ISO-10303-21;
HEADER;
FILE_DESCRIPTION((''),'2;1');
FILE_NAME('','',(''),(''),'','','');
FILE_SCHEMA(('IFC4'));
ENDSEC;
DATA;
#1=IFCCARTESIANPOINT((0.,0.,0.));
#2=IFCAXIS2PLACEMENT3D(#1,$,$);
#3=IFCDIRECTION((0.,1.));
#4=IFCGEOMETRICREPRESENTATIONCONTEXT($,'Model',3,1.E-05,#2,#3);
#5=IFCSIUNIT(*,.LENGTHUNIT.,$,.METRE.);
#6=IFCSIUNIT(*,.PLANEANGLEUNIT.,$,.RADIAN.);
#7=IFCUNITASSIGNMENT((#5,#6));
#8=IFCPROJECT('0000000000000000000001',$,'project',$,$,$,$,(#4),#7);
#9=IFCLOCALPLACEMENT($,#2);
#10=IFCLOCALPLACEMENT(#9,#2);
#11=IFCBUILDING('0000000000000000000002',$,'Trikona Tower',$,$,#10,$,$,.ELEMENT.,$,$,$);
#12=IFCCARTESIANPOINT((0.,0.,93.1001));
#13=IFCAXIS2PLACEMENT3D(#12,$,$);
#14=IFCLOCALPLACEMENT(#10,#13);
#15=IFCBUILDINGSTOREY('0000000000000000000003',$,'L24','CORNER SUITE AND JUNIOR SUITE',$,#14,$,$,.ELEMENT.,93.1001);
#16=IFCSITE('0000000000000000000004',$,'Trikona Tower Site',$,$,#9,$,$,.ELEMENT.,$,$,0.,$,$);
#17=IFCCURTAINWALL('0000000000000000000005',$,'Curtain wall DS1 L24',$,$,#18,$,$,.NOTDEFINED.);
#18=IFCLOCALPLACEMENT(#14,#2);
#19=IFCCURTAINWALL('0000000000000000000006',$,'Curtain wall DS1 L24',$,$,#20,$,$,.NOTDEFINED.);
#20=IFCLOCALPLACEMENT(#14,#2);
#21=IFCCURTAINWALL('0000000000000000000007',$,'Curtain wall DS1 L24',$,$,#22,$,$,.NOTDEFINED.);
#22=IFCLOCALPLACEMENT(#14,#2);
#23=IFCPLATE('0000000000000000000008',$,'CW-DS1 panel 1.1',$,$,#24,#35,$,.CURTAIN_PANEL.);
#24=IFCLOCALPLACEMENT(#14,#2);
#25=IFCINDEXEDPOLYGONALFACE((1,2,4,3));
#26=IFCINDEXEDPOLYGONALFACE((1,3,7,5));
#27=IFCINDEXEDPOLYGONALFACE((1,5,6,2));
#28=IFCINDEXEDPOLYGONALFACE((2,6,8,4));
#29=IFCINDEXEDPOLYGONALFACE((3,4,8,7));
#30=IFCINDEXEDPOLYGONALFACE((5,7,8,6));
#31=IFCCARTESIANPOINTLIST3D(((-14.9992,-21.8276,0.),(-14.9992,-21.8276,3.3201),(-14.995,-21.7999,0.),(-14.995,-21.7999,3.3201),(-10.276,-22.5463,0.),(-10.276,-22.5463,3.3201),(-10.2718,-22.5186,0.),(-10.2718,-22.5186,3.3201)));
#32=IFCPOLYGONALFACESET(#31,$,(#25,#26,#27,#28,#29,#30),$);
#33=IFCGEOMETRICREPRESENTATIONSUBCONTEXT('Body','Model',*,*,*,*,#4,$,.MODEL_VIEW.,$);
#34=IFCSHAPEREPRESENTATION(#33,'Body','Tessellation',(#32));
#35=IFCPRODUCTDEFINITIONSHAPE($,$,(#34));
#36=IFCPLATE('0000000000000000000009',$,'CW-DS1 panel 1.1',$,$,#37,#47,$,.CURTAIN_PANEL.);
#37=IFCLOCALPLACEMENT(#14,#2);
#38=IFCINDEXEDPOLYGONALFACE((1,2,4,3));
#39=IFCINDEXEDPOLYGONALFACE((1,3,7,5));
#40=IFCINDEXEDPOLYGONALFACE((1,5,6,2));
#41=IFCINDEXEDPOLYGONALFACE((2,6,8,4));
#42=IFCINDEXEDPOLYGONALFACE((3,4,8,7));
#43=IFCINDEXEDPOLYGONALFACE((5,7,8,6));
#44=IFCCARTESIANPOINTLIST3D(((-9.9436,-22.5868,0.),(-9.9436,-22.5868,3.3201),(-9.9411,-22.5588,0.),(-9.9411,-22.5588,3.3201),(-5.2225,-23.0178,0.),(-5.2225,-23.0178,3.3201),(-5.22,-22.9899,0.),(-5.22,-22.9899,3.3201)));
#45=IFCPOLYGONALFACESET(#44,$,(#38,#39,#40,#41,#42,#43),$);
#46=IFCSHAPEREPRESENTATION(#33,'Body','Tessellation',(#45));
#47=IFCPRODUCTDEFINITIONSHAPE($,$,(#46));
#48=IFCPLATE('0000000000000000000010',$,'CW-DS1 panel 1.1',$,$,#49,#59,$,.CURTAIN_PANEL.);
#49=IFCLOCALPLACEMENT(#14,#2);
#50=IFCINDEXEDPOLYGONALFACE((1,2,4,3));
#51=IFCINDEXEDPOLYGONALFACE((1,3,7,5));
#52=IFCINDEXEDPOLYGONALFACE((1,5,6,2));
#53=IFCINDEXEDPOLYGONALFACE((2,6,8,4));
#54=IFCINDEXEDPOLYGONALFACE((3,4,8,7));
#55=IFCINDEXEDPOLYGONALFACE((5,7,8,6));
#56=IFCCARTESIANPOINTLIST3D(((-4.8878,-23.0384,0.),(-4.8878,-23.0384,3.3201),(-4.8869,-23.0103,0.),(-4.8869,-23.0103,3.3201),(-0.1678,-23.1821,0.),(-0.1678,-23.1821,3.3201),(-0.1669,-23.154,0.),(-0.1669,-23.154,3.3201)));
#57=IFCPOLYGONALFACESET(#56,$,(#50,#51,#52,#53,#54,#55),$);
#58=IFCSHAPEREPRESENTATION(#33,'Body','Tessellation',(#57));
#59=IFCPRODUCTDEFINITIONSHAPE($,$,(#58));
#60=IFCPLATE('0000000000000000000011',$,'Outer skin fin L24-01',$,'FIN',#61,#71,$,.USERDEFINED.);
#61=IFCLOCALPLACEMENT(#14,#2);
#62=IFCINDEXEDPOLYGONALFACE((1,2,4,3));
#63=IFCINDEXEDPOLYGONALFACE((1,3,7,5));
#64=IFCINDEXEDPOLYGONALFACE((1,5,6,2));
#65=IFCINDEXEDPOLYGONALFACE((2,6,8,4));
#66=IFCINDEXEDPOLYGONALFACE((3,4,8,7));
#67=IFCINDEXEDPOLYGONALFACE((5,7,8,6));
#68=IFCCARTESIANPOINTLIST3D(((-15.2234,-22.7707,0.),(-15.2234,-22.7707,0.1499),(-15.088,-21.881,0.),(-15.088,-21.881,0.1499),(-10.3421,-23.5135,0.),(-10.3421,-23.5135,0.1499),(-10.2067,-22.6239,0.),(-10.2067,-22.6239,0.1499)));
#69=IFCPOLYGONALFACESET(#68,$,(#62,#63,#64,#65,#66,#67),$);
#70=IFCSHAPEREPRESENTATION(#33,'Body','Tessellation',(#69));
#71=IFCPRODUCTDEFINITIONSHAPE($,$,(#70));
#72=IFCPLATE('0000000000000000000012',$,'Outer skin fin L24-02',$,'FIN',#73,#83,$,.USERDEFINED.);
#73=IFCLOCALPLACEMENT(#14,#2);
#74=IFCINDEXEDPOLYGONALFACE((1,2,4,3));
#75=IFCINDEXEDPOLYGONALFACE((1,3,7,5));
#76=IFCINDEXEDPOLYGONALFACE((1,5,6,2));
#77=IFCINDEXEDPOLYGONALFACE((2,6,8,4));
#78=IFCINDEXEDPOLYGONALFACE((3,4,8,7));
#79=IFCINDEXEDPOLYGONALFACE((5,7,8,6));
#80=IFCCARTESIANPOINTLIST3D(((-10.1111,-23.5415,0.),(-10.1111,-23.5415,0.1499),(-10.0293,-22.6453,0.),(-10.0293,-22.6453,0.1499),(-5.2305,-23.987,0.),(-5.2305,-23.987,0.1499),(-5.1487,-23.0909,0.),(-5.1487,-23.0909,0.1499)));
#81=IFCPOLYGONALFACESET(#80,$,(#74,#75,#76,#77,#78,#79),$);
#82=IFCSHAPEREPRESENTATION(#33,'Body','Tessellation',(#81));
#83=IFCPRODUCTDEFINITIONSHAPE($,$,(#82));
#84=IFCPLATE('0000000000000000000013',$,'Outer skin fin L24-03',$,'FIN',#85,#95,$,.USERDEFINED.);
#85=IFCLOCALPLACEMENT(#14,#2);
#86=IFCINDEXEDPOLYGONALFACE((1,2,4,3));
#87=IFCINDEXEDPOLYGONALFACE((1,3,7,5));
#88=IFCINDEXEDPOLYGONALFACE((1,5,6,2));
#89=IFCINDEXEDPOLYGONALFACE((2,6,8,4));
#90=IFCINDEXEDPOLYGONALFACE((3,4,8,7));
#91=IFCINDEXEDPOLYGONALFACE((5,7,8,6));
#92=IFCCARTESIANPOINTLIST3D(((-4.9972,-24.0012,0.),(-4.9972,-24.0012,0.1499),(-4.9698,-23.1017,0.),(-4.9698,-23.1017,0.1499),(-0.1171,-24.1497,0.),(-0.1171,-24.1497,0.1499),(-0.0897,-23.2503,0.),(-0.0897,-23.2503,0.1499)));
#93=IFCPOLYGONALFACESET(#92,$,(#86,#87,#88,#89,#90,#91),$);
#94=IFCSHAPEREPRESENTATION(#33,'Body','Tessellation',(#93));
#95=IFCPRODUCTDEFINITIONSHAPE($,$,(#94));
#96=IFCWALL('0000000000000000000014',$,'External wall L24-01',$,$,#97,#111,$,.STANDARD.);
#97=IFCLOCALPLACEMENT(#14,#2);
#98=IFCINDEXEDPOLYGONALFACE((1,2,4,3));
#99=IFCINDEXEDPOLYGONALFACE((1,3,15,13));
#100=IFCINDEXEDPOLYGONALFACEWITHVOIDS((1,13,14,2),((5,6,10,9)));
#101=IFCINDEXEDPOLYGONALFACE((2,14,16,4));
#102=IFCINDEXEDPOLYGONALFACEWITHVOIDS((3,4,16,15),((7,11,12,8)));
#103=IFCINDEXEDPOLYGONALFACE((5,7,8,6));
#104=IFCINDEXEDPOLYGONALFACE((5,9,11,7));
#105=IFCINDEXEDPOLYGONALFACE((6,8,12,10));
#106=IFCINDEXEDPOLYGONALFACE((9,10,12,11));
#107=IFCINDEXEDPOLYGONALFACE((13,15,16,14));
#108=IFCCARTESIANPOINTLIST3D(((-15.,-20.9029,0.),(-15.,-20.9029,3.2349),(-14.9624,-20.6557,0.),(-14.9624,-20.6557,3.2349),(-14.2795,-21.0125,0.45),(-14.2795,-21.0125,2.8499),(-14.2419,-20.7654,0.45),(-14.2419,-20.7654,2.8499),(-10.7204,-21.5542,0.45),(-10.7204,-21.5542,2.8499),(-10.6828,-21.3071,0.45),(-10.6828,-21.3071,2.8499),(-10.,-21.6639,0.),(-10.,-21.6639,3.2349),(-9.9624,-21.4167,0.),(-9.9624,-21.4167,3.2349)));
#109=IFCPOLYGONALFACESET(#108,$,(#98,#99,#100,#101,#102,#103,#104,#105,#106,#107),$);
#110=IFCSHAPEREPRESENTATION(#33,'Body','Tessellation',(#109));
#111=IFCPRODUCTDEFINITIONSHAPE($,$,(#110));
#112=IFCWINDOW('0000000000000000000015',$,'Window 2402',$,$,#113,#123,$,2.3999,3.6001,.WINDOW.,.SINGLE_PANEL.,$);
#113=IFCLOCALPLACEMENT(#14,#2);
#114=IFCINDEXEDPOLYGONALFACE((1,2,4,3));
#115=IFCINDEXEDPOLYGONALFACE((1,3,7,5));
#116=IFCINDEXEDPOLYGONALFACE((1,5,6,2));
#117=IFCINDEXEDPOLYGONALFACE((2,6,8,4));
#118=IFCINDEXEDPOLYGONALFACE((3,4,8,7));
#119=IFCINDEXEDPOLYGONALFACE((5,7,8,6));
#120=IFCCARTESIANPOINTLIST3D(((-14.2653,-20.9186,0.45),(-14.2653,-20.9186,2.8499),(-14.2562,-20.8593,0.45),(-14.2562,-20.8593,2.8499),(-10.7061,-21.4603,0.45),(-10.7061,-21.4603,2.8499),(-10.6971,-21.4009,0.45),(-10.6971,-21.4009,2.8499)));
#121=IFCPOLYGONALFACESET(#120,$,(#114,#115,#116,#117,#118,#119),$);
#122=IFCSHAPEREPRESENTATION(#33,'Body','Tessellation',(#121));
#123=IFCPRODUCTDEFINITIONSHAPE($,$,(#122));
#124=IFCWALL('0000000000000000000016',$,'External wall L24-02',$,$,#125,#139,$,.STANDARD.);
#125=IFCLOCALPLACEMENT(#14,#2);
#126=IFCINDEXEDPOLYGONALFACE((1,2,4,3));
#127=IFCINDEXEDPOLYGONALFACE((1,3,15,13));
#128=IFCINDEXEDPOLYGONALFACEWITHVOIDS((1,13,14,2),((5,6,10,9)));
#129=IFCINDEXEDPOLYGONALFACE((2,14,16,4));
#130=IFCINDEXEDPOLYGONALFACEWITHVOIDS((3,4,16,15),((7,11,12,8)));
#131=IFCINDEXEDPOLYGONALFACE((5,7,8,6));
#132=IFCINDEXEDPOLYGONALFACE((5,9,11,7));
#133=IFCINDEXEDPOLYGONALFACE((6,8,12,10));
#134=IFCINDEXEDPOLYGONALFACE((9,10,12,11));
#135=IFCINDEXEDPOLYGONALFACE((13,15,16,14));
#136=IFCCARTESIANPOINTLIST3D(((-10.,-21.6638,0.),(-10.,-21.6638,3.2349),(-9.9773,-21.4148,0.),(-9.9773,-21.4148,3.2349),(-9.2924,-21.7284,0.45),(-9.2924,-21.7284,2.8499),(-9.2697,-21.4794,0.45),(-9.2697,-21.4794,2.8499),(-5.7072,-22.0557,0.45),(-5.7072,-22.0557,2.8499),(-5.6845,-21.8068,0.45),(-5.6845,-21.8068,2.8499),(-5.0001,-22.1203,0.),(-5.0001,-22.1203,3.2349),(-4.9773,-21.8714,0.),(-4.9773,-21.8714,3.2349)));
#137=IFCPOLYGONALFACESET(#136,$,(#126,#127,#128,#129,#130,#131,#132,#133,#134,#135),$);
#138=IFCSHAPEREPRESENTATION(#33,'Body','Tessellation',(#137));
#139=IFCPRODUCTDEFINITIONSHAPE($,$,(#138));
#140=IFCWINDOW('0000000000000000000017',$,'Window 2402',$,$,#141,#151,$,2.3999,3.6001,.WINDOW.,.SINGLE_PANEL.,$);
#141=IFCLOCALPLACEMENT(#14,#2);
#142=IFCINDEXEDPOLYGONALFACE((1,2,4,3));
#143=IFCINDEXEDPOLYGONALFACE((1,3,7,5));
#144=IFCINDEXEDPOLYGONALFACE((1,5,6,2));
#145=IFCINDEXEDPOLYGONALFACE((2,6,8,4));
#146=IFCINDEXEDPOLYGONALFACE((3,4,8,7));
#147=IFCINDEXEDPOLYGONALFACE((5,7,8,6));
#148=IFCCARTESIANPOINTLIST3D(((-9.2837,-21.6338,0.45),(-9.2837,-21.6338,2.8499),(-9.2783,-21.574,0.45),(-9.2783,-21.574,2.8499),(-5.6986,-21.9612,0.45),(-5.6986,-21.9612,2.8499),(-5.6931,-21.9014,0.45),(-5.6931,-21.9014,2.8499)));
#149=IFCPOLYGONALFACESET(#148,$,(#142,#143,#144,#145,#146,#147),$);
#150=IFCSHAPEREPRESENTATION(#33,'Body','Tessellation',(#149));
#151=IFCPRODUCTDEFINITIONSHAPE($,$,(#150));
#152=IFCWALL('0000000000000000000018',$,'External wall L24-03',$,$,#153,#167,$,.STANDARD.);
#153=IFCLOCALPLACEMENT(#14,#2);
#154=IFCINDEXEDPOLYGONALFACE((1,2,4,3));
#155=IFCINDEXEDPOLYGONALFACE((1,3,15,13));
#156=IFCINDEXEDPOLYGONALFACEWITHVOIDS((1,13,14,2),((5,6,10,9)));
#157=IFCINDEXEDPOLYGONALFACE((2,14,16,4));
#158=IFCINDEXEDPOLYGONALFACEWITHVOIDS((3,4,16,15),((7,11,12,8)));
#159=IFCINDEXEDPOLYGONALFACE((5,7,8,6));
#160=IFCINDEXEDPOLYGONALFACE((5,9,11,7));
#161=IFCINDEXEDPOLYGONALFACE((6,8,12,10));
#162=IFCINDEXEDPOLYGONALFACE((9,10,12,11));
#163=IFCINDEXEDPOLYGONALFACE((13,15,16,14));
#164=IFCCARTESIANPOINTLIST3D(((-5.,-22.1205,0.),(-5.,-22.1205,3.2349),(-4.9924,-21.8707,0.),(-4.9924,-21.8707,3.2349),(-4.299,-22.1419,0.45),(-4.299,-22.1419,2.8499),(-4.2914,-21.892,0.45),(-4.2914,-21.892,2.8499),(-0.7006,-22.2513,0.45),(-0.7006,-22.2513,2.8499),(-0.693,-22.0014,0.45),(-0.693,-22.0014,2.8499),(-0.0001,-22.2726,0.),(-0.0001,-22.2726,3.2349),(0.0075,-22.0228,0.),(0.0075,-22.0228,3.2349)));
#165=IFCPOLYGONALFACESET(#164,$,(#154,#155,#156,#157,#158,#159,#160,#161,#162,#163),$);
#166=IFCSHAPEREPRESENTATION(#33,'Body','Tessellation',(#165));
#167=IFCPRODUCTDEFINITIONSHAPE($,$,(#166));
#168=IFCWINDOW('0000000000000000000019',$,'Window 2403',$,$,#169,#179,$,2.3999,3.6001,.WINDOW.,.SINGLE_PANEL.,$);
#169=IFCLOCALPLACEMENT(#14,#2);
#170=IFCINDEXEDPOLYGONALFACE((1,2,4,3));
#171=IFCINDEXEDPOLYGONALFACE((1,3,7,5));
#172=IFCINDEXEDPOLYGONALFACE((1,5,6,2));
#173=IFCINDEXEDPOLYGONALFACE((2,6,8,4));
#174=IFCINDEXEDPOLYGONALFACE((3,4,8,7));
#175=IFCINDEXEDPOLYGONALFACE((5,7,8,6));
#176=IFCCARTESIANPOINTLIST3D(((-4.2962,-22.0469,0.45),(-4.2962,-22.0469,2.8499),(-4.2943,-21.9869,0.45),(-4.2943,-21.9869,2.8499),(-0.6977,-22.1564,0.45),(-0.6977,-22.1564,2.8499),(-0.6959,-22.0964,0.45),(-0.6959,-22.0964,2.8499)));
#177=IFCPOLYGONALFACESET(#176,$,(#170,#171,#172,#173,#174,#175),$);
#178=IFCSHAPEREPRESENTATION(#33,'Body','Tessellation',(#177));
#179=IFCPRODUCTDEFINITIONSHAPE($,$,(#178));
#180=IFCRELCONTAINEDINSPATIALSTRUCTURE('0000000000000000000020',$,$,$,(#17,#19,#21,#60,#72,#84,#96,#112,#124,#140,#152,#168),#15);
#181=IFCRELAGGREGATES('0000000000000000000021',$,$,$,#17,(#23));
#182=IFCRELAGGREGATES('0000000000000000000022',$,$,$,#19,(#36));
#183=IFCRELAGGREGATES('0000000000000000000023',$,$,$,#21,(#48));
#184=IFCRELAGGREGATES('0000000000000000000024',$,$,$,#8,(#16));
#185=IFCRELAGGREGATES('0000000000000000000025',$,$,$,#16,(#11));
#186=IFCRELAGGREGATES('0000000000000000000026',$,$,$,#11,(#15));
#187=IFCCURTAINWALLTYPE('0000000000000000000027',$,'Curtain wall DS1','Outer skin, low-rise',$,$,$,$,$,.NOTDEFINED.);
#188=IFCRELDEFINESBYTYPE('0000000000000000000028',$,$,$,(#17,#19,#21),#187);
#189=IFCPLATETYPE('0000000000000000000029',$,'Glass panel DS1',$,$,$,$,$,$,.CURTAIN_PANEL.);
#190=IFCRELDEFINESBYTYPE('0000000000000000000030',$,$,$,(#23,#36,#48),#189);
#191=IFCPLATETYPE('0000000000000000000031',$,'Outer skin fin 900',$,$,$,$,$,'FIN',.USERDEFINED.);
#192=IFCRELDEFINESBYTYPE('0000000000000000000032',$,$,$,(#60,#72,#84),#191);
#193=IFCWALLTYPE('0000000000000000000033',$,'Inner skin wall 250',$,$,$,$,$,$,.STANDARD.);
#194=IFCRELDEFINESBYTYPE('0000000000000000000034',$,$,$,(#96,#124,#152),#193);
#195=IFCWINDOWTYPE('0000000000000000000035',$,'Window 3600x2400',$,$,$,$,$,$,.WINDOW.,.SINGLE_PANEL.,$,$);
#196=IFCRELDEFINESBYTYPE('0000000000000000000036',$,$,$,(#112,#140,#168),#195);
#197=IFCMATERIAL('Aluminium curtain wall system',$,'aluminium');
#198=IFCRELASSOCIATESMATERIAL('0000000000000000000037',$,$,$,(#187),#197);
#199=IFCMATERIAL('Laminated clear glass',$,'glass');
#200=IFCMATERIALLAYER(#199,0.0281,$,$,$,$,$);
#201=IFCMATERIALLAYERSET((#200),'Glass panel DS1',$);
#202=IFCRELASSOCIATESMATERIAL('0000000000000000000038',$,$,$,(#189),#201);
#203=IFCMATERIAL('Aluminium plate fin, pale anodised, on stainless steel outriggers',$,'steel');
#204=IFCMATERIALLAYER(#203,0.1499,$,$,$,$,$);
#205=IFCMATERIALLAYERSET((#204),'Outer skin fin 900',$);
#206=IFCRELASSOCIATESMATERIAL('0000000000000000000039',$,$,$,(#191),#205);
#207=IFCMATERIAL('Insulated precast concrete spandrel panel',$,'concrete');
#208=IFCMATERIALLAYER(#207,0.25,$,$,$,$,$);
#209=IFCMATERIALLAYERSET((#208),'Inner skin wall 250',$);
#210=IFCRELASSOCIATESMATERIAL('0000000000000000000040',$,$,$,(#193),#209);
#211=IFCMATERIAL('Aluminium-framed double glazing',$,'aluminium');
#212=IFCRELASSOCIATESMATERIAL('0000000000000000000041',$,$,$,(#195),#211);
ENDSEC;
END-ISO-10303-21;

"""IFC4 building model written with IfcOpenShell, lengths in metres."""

from ifc_helpers import new_model, si_unit, direction, frame, frame_2d, origin, origin_2d, place, context, subcontext, project, spatial, rectangle, extrude, material, layer, layer_set, type_object, element, fill, aggregate, save


model = new_model("IFC4")

# Units and contexts
model_context = context("Model", 3, precision=1e-05, world=origin(), true_north=direction((0.0, 1.0)))
body_context = subcontext(model_context, "Body", "Model", "MODEL_VIEW")
ifc_project = project(units=[si_unit("LENGTHUNIT", "METRE"), si_unit("PLANEANGLEUNIT", "RADIAN")], contexts=[model_context])

# Site, building, storey
site_placement = place(None, origin())
site = spatial("IfcSite", under=ifc_project, at=site_placement, Name="Trikona Tower Site", CompositionType="ELEMENT", RefElevation=0.0)
building_placement = place(site_placement, origin())
building = spatial("IfcBuilding", under=site, at=building_placement, Name="Trikona Tower", CompositionType="ELEMENT")
storey_placement = place(building_placement, frame((0.0, 0.0, 93.1001)))
storey = spatial("IfcBuildingStorey", under=building, at=storey_placement, Name="L24", Description="CORNER SUITE AND JUNIOR SUITE", CompositionType="ELEMENT", Elevation=93.1001)

# Curtain wall
ifc_material_1 = material(Name="Aluminium curtain wall system", Category="aluminium")
curtain_wall_type = type_object("IfcCurtainWallType", Name="Curtain wall DS1", Description="Outer skin, low-rise", PredefinedType="NOTDEFINED", material=ifc_material_1)
curtain_wall_1_placement = place(storey_placement, origin())
curtain_wall_1 = element("IfcCurtainWall", 1, at=curtain_wall_1_placement, inside=storey, type_object=curtain_wall_type, Name="Curtain wall DS1 L24", PredefinedType="NOTDEFINED")

# Curtain walls
curtain_wall_2_placement = place(storey_placement, origin())
curtain_wall_2 = element("IfcCurtainWall", 2, at=curtain_wall_2_placement, inside=storey, type_object=curtain_wall_type, Name="Curtain wall DS1 L24", PredefinedType="NOTDEFINED")
curtain_wall_3_placement = place(storey_placement, origin())
curtain_wall_3 = element("IfcCurtainWall", 3, at=curtain_wall_3_placement, inside=storey, type_object=curtain_wall_type, Name="Curtain wall DS1 L24", PredefinedType="NOTDEFINED")

# Plates
ifc_material_2 = material(Name="Laminated clear glass", Category="glass")
ifc_layer_1 = layer(ifc_material_2, 0.0281)
ifc_layer_set_1 = layer_set([ifc_layer_1], Name="Glass panel DS1")
plate_type_1 = type_object("IfcPlateType", Name="Glass panel DS1", PredefinedType="CURTAIN_PANEL", material=ifc_layer_set_1)
plate_1_placement = place(storey_placement, frame((-12.6355, -22.1731, 0.0), z_axis=(0.0, 0.0, 1.0), x_axis=(0.988619, -0.150438, 0.0)))
plate_1 = element("IfcPlate", 4, at=plate_1_placement, type_object=plate_type_1, Name="CW-DS1 panel 1.1", PredefinedType="CURTAIN_PANEL", context=body_context, shape_type="SweptSolid", body=[
    extrude(rectangle(XDim=4.7776, YDim=0.0281, at=origin_2d()), origin(), (0.0, 0.0, 1.0), 3.3201),
])
aggregate(curtain_wall_1, [plate_1])
plate_2_placement = place(storey_placement, frame((-7.5818, -22.7883, 0.0), z_axis=(0.0, 0.0, 1.0), x_axis=(0.995858, -0.090924, 0.0)))
plate_2 = element("IfcPlate", 5, at=plate_2_placement, type_object=plate_type_1, Name="CW-DS1 panel 1.1", PredefinedType="CURTAIN_PANEL", context=body_context, shape_type="SweptSolid", body=[
    extrude(rectangle(XDim=4.7407, YDim=0.0281, at=origin_2d()), origin(), (0.0, 0.0, 1.0), 3.3201),
])
aggregate(curtain_wall_2, [plate_2])
plate_3_placement = place(storey_placement, frame((-2.5273, -23.0962, 0.0), z_axis=(0.0, 0.0, 1.0), x_axis=(0.999537, -0.030437, 0.0)))
plate_3 = element("IfcPlate", 6, at=plate_3_placement, type_object=plate_type_1, Name="CW-DS1 panel 1.1", PredefinedType="CURTAIN_PANEL", context=body_context, shape_type="SweptSolid", body=[
    extrude(rectangle(XDim=4.7222, YDim=0.0281, at=origin_2d()), origin(), (0.0, 0.0, 1.0), 3.3201),
])
aggregate(curtain_wall_3, [plate_3])

# Plates
ifc_material_3 = material(Name="Aluminium plate fin, pale anodised, on stainless steel outriggers", Category="steel")
ifc_layer_2 = layer(ifc_material_3, 0.1499)
ifc_layer_set_2 = layer_set([ifc_layer_2], Name="Outer skin fin 900")
plate_type_2 = type_object("IfcPlateType", Name="Outer skin fin 900", ElementType="FIN", PredefinedType="USERDEFINED", material=ifc_layer_set_2)
plate_4_placement = place(storey_placement, frame((-12.7151, -22.6973, 0.0), z_axis=(0.0, 0.0, 1.0), x_axis=(0.988618, -0.150448, 0.0)))
element("IfcPlate", 7, at=plate_4_placement, inside=storey, type_object=plate_type_2, Name="Outer skin fin L24-01", ObjectType="FIN", PredefinedType="USERDEFINED", context=body_context, shape_type="SweptSolid", body=[
    extrude(rectangle(XDim=4.9375, YDim=0.8999, at=origin_2d()), origin(), (0.0, 0.0, 1.0), 0.1499),
])
plate_5_placement = place(storey_placement, frame((-7.6299, -23.3162, 0.0), z_axis=(0.0, 0.0, 1.0), x_axis=(0.995858, -0.090921, 0.0)))
element("IfcPlate", 8, at=plate_5_placement, inside=storey, type_object=plate_type_2, Name="Outer skin fin L24-02", ObjectType="FIN", PredefinedType="USERDEFINED", context=body_context, shape_type="SweptSolid", body=[
    extrude(rectangle(XDim=4.9009, YDim=0.8999, at=origin_2d()), origin(), (0.0, 0.0, 1.0), 0.1499),
])
plate_6_placement = place(storey_placement, frame((-2.5435, -23.6257, 0.0), z_axis=(0.0, 0.0, 1.0), x_axis=(0.999537, -0.030425, 0.0)))
element("IfcPlate", 9, at=plate_6_placement, inside=storey, type_object=plate_type_2, Name="Outer skin fin L24-03", ObjectType="FIN", PredefinedType="USERDEFINED", context=body_context, shape_type="SweptSolid", body=[
    extrude(rectangle(XDim=4.8823, YDim=0.8999, at=origin_2d()), origin(), (0.0, 0.0, 1.0), 0.1499),
])

# Walls, openings, windows
ifc_material_4 = material(Name="Insulated precast concrete spandrel panel", Category="concrete")
ifc_layer_3 = layer(ifc_material_4, 0.25)
ifc_layer_set_3 = layer_set([ifc_layer_3], Name="Inner skin wall 250")
wall_type = type_object("IfcWallType", Name="Inner skin wall 250", PredefinedType="STANDARD", material=ifc_layer_set_3)
wall_1_placement = place(storey_placement, frame((-14.9812, -20.7793, 0.0), z_axis=(0.0, 0.0, 1.0), x_axis=(0.988615, -0.150465, 0.0)))
wall_1 = element("IfcWall", 10, at=wall_1_placement, inside=storey, type_object=wall_type, Name="External wall L24-01", PredefinedType="STANDARD", context=body_context, shape_type="SweptSolid", body=[
    extrude(rectangle(XDim=5.0576, YDim=0.25, at=frame_2d((2.5288, 0.0))), origin(), (0.0, 0.0, 1.0), 3.2349),
])
opening_1_placement = place(wall_1_placement, frame((0.7288, 0.0, 0.45)))
opening_1 = element("IfcOpeningElement", 11, at=opening_1_placement, cuts=wall_1, PredefinedType="OPENING", context=body_context, shape_type="SweptSolid", body=[
    extrude(rectangle(XDim=3.6001, YDim=2.3999, at=frame_2d((1.8, 1.2))), frame((0.0, 0.135, 0.0), z_axis=(0.0, -1.0, 0.0), x_axis=(1.0, 0.0, 0.0)), (0.0, 0.0, 1.0), 0.27),
])
ifc_material_5 = material(Name="Aluminium-framed double glazing", Category="aluminium")
window_type = type_object("IfcWindowType", Name="Window 3600x2400", PartitioningType="SINGLE_PANEL", PredefinedType="WINDOW", material=ifc_material_5)
window_1_placement = place(opening_1_placement, origin())
window_1 = element("IfcWindow", 12, at=window_1_placement, inside=storey, type_object=window_type, Name="Window 2402", OverallHeight=2.3999, OverallWidth=3.6001, PartitioningType="SINGLE_PANEL", PredefinedType="WINDOW", context=body_context, shape_type="SweptSolid", body=[
    extrude(rectangle(XDim=3.6001, YDim=2.3999, at=frame_2d((1.8, 1.2))), frame((0.0, 0.03, 0.0), z_axis=(0.0, -1.0, 0.0), x_axis=(1.0, 0.0, 0.0)), (0.0, 0.0, 1.0), 0.0601),
])
fill(opening_1, window_1)
wall_2_placement = place(storey_placement, frame((-9.9885, -21.5393, 0.0), z_axis=(0.0, 0.0, 1.0), x_axis=(0.995857, -0.09093, 0.0)))
wall_2 = element("IfcWall", 13, at=wall_2_placement, inside=storey, type_object=wall_type, Name="External wall L24-02", PredefinedType="STANDARD", context=body_context, shape_type="SweptSolid", body=[
    extrude(rectangle(XDim=5.0208, YDim=0.25, at=frame_2d((2.5103, 0.0))), origin(), (0.0, 0.0, 1.0), 3.2349),
])
opening_2_placement = place(wall_2_placement, frame((0.7104, 0.0, 0.45)))
opening_2 = element("IfcOpeningElement", 14, at=opening_2_placement, cuts=wall_2, PredefinedType="OPENING", context=body_context, shape_type="SweptSolid", body=[
    extrude(rectangle(XDim=3.6001, YDim=2.3999, at=frame_2d((1.8, 1.2))), frame((0.0, 0.135, 0.0), z_axis=(0.0, -1.0, 0.0), x_axis=(1.0, 0.0, 0.0)), (0.0, 0.0, 1.0), 0.27),
])
window_2_placement = place(opening_2_placement, origin())
window_2 = element("IfcWindow", 15, at=window_2_placement, inside=storey, type_object=window_type, Name="Window 2402", OverallHeight=2.3999, OverallWidth=3.6001, PartitioningType="SINGLE_PANEL", PredefinedType="WINDOW", context=body_context, shape_type="SweptSolid", body=[
    extrude(rectangle(XDim=3.6001, YDim=2.3999, at=frame_2d((1.8, 1.2))), frame((0.0, 0.03, 0.0), z_axis=(0.0, -1.0, 0.0), x_axis=(1.0, 0.0, 0.0)), (0.0, 0.0, 1.0), 0.0601),
])
fill(opening_2, window_2)
wall_3_placement = place(storey_placement, frame((-4.9961, -21.9956, 0.0), z_axis=(0.0, 0.0, 1.0), x_axis=(0.999538, -0.030406, 0.0)))
wall_3 = element("IfcWall", 16, at=wall_3_placement, inside=storey, type_object=wall_type, Name="External wall L24-03", PredefinedType="STANDARD", context=body_context, shape_type="SweptSolid", body=[
    extrude(rectangle(XDim=5.0022, YDim=0.25, at=frame_2d((2.501, 0.0))), origin(), (0.0, 0.0, 1.0), 3.2349),
])
opening_3_placement = place(wall_3_placement, frame((0.7012, 0.0, 0.45)))
opening_3 = element("IfcOpeningElement", 17, at=opening_3_placement, cuts=wall_3, PredefinedType="OPENING", context=body_context, shape_type="SweptSolid", body=[
    extrude(rectangle(XDim=3.6001, YDim=2.3999, at=frame_2d((1.8, 1.2))), frame((0.0, 0.135, 0.0), z_axis=(0.0, -1.0, 0.0), x_axis=(1.0, 0.0, 0.0)), (0.0, 0.0, 1.0), 0.27),
])
window_3_placement = place(opening_3_placement, origin())
window_3 = element("IfcWindow", 18, at=window_3_placement, inside=storey, type_object=window_type, Name="Window 2403", OverallHeight=2.3999, OverallWidth=3.6001, PartitioningType="SINGLE_PANEL", PredefinedType="WINDOW", context=body_context, shape_type="SweptSolid", body=[
    extrude(rectangle(XDim=3.6001, YDim=2.3999, at=frame_2d((1.8, 1.2))), frame((0.0, 0.03, 0.0), z_axis=(0.0, -1.0, 0.0), x_axis=(1.0, 0.0, 0.0)), (0.0, 0.0, 1.0), 0.0601),
])
fill(opening_3, window_3)

save(model, "model.ifc")
